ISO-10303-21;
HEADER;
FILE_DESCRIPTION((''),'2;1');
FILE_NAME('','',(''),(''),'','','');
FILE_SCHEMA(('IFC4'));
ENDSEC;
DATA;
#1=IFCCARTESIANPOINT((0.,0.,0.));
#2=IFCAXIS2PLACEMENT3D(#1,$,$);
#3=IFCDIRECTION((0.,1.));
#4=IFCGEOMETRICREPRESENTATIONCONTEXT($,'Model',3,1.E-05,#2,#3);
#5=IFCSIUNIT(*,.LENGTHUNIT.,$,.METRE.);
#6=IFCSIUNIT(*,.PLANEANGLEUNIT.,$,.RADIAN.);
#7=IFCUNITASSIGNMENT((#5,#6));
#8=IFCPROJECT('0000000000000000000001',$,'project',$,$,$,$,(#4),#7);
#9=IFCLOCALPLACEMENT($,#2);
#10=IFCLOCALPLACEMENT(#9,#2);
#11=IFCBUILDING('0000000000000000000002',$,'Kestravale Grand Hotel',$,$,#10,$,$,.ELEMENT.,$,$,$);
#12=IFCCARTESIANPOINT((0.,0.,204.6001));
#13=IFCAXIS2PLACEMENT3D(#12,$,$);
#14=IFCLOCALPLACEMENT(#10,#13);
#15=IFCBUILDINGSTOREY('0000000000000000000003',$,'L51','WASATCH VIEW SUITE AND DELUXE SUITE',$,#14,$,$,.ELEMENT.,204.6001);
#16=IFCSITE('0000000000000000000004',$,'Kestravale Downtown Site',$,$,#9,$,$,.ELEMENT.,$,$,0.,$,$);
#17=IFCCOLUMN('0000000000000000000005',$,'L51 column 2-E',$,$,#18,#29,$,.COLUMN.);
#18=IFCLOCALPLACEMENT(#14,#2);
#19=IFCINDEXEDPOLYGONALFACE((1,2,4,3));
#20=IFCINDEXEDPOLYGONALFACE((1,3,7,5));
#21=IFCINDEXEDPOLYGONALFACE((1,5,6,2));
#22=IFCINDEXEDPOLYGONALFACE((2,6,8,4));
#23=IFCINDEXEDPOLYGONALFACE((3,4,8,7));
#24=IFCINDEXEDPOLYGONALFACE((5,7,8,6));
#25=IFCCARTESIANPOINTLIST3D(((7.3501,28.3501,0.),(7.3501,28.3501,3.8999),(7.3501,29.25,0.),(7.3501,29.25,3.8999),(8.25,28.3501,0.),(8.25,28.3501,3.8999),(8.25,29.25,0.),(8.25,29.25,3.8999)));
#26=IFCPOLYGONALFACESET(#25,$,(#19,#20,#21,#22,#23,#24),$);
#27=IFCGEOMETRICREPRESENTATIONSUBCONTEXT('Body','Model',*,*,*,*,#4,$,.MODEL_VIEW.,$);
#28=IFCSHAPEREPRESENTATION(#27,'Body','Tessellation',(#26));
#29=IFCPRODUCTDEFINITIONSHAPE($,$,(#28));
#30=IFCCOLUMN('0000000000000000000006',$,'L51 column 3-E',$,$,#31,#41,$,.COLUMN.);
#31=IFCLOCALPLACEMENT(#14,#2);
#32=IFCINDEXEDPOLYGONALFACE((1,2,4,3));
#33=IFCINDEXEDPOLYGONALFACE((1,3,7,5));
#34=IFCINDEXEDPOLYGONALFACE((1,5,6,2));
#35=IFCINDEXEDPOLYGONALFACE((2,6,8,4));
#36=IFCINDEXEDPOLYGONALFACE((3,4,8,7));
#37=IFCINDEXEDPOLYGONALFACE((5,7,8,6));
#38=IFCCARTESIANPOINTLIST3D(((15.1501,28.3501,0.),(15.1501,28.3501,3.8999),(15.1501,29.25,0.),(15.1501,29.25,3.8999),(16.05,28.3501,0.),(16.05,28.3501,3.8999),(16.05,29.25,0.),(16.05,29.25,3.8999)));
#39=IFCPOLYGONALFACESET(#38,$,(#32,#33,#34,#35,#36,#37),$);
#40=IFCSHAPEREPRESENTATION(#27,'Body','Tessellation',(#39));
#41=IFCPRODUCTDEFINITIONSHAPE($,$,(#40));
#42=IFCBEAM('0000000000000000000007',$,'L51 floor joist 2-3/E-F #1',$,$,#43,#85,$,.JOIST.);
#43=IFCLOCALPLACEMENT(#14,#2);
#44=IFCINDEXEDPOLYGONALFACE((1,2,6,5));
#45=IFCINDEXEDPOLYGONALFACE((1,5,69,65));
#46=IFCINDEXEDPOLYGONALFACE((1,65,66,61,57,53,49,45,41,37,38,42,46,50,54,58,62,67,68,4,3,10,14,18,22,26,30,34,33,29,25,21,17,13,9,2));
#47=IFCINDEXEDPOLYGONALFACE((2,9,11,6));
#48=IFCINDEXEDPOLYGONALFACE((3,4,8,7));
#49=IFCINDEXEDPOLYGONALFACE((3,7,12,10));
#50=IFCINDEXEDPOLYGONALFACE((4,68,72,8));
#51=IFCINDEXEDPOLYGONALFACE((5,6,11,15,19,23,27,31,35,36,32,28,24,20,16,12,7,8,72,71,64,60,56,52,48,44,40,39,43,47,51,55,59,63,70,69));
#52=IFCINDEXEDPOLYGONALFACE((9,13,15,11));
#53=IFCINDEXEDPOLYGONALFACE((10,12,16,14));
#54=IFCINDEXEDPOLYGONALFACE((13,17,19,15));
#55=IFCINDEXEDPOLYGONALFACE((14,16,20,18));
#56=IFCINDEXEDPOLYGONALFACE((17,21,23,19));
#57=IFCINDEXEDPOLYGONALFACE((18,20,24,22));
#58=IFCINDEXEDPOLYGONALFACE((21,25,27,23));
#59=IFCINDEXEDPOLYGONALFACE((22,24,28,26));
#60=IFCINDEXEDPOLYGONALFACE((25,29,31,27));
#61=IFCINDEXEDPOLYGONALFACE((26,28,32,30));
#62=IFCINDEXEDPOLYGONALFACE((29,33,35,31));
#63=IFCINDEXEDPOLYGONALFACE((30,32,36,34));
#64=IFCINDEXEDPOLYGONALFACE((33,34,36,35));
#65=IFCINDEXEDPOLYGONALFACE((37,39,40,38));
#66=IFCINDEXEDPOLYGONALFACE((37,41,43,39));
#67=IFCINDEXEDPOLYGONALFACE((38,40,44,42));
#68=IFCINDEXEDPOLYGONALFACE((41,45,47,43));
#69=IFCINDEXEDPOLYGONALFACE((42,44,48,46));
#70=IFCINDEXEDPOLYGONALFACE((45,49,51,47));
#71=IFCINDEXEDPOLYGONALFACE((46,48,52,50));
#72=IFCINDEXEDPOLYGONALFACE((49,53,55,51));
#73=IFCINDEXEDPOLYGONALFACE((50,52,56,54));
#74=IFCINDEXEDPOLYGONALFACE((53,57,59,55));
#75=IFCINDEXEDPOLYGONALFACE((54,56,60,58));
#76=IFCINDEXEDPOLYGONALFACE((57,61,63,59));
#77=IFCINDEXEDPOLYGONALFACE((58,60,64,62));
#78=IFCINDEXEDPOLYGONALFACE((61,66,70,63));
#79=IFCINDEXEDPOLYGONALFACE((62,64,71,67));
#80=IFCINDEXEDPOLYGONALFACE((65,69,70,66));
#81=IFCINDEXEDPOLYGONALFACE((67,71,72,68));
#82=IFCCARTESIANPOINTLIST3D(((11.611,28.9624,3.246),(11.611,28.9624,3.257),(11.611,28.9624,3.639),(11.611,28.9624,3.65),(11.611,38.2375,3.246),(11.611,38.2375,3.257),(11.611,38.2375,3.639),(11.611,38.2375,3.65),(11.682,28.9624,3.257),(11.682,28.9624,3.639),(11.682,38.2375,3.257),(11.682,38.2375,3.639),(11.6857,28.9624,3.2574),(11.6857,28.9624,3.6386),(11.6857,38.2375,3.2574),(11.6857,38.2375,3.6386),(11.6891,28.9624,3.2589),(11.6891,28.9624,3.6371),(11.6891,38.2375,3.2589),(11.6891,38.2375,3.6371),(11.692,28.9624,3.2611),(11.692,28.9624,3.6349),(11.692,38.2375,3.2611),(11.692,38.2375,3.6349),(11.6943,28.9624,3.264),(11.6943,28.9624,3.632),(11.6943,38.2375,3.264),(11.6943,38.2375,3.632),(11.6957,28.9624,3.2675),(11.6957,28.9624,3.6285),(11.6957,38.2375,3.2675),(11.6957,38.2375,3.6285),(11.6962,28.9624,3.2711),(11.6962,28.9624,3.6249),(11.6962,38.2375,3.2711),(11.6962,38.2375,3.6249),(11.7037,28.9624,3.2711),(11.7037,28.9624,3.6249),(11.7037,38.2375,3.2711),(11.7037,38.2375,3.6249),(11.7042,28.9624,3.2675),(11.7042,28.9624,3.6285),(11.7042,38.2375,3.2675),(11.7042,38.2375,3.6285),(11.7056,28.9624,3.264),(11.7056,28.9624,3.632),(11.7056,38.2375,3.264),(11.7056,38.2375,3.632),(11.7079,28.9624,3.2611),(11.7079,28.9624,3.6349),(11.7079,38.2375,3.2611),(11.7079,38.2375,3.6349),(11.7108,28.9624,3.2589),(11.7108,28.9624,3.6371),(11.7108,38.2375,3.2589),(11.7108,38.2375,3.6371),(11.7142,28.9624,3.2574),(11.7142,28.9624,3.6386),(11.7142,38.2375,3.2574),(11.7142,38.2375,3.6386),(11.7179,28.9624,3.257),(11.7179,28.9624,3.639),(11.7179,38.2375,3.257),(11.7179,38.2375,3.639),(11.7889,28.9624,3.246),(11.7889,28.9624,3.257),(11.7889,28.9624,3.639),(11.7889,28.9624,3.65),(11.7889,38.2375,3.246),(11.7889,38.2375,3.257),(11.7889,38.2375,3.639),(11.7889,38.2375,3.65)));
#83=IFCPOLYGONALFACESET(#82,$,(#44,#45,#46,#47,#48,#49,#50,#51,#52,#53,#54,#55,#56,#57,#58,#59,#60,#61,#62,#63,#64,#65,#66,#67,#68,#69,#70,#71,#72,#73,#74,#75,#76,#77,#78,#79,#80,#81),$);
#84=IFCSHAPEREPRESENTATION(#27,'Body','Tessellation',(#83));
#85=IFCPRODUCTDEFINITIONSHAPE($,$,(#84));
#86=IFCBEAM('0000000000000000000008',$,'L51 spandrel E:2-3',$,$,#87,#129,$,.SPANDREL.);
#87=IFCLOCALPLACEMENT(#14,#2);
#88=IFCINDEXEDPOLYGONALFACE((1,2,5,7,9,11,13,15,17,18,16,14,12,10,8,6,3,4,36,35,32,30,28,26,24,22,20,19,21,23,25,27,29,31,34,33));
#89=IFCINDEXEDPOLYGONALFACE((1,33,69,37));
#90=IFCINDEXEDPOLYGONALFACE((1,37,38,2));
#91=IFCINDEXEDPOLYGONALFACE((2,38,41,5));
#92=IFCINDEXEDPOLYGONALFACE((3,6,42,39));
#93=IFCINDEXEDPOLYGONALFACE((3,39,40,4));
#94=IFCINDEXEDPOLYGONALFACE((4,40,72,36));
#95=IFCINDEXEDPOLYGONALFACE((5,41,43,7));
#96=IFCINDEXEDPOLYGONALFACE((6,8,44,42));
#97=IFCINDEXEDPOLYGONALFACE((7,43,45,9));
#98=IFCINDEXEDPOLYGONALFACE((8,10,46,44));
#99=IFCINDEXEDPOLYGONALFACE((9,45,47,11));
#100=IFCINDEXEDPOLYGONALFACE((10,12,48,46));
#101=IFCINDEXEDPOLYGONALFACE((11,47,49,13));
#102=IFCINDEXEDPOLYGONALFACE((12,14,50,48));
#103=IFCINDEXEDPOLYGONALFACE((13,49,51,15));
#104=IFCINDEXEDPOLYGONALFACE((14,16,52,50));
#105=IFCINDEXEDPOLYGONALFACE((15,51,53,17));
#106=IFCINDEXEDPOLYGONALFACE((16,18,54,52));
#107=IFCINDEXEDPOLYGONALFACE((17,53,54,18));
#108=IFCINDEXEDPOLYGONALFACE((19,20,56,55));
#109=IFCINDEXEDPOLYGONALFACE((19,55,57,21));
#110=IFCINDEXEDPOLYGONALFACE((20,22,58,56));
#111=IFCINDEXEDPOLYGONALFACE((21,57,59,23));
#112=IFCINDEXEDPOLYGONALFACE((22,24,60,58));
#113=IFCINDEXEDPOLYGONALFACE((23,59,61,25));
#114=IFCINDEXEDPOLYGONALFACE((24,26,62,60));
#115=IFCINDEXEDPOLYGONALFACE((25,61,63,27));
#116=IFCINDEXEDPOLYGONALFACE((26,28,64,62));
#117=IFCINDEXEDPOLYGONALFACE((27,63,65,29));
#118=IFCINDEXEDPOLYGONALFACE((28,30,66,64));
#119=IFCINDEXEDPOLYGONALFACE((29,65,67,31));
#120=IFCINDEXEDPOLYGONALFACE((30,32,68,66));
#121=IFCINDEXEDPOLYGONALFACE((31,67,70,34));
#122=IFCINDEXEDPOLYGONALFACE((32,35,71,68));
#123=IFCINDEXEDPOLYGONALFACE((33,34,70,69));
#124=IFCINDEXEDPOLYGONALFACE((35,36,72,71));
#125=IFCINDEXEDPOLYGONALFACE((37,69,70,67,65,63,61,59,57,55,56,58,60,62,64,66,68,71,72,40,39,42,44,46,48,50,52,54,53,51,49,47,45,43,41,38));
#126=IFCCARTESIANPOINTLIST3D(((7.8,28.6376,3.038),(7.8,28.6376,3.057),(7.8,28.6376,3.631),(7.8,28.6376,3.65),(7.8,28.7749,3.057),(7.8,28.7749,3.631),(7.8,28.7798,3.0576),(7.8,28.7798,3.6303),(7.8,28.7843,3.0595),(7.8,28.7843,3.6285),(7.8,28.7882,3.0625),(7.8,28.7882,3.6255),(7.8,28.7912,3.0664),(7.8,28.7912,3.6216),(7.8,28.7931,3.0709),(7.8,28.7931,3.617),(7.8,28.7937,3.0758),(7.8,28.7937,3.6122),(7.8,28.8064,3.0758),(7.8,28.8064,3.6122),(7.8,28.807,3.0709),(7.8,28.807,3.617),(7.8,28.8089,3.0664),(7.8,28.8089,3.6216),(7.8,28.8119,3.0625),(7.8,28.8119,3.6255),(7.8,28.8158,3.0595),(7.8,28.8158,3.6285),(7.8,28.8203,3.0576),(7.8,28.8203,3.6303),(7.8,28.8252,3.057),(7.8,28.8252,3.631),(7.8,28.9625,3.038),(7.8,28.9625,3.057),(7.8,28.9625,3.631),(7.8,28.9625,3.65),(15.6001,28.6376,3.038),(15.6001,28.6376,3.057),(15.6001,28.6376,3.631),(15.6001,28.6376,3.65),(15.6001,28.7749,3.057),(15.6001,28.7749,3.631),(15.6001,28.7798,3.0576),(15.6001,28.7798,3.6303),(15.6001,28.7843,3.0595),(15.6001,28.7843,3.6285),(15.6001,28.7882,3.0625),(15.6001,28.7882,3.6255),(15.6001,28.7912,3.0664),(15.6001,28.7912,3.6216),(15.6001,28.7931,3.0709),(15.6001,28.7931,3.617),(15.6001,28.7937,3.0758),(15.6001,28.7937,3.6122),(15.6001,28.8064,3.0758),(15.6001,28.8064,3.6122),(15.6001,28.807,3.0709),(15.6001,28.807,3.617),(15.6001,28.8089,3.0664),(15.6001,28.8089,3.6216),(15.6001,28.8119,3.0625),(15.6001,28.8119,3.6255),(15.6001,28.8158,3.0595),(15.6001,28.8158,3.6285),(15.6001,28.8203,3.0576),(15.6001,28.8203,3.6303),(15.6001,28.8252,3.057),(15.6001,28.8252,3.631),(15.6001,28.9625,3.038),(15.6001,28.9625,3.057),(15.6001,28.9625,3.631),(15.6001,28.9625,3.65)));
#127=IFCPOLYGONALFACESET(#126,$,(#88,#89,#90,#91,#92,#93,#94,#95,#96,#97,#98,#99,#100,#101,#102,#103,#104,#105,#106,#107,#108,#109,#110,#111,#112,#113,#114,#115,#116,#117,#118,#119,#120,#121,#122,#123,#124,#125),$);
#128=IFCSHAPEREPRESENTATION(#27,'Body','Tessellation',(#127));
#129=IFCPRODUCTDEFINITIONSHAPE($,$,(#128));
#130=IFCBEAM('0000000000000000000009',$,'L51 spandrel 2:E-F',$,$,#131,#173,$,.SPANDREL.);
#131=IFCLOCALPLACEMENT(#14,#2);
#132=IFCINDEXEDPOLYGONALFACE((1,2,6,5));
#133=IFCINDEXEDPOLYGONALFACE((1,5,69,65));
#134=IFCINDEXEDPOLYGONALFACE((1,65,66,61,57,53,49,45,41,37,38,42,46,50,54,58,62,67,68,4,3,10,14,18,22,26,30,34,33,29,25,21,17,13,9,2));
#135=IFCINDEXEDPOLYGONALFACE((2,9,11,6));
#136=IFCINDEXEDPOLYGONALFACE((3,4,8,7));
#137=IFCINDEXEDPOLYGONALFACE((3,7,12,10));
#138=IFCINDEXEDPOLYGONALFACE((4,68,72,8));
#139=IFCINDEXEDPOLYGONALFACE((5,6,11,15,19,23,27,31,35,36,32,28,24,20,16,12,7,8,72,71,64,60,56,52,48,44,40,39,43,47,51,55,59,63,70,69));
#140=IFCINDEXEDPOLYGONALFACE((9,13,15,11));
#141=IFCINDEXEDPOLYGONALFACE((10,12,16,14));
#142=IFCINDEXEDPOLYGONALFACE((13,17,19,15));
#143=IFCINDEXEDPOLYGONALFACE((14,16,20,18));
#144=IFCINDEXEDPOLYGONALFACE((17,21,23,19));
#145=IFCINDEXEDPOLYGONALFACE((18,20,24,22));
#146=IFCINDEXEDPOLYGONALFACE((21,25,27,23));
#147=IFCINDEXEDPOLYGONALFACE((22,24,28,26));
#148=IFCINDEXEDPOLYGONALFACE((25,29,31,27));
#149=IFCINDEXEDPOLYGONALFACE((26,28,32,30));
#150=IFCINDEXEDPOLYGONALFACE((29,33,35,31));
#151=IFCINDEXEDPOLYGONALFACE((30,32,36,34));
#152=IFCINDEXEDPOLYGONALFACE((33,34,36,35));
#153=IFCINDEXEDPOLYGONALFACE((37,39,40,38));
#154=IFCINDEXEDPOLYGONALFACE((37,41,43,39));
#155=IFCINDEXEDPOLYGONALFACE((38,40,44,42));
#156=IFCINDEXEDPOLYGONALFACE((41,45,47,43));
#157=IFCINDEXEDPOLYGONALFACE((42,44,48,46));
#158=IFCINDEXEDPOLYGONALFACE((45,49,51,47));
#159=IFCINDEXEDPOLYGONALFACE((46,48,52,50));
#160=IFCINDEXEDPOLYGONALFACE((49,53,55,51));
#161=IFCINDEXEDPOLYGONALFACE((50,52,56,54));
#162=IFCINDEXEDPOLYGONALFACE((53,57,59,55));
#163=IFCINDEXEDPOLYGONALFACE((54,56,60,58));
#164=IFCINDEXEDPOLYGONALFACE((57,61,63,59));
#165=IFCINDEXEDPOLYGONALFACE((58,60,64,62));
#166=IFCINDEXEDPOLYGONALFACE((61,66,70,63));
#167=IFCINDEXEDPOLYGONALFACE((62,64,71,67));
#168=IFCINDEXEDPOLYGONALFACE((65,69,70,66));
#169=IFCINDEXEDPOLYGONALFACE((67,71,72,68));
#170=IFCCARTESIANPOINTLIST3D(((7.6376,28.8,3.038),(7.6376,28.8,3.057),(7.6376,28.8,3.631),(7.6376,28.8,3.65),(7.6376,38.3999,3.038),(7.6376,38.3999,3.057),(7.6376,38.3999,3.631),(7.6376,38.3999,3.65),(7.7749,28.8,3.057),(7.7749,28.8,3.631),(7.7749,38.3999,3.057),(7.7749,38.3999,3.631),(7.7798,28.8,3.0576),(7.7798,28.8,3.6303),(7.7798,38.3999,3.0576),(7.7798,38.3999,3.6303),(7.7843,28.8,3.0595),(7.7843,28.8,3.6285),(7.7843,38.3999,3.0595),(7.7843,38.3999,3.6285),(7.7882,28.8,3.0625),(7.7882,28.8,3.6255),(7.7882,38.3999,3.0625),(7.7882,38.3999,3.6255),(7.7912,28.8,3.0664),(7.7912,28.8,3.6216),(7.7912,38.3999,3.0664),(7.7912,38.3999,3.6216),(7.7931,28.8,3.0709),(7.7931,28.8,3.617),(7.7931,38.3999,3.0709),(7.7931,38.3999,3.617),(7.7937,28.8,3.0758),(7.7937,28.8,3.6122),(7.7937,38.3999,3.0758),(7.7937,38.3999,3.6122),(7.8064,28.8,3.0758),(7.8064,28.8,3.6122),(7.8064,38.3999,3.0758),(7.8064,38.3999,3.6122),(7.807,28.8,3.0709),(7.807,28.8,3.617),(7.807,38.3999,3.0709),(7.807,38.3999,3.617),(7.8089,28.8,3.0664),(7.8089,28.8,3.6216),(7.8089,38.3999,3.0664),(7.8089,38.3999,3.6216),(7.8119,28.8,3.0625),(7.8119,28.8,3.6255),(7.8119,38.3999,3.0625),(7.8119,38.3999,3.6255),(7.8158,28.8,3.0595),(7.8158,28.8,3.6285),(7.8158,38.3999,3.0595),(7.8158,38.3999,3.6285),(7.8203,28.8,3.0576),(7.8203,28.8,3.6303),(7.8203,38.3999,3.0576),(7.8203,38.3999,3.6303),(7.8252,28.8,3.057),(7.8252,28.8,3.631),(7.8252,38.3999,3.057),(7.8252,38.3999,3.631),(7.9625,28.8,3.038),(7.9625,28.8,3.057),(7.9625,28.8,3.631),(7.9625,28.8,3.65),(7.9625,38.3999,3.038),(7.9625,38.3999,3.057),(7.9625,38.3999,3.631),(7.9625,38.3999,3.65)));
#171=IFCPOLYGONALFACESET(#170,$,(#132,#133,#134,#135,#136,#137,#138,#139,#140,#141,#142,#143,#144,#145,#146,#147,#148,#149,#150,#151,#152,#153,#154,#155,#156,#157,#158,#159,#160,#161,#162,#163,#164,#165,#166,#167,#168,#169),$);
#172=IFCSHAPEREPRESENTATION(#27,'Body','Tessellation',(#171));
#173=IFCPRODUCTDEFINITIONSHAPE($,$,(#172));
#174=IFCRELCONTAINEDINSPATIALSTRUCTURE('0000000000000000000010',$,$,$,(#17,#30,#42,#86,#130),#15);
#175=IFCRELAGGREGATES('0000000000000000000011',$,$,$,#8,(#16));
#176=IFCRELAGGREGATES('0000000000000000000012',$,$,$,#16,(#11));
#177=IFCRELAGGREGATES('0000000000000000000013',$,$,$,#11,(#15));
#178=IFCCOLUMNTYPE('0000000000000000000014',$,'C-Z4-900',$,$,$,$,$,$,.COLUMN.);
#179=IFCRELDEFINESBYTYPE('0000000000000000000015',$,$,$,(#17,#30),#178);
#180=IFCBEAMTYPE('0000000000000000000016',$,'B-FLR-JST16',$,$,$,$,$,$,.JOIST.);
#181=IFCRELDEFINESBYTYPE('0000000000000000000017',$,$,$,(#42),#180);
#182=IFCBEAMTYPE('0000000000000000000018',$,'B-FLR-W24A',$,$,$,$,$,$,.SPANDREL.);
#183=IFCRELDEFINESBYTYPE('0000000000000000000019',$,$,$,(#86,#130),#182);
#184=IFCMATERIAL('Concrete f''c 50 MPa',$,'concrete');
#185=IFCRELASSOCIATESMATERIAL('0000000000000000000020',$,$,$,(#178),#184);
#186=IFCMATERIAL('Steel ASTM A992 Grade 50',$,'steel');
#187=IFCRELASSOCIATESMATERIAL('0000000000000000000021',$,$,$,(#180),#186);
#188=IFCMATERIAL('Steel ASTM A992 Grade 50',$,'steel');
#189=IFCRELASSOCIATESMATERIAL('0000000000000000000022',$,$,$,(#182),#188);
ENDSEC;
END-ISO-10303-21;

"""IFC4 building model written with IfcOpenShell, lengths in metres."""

from ifc_helpers import new_model, si_unit, direction, frame, origin, origin_2d, place, context, subcontext, project, spatial, rectangle, i_section, extrude, material, material_profile, profile_set, type_object, element, save


model = new_model("IFC4")

# Units and contexts
model_context = context("Model", 3, precision=1e-05, world=origin(), true_north=direction((0.0, 1.0)))
body_context = subcontext(model_context, "Body", "Model", "MODEL_VIEW")
ifc_project = project(units=[si_unit("LENGTHUNIT", "METRE"), si_unit("PLANEANGLEUNIT", "RADIAN")], contexts=[model_context])

# Site, building, storey
site_placement = place(None, origin())
site = spatial("IfcSite", under=ifc_project, at=site_placement, Name="Kestravale Downtown Site", CompositionType="ELEMENT", RefElevation=0.0)
building_placement = place(site_placement, origin())
building = spatial("IfcBuilding", under=site, at=building_placement, Name="Kestravale Grand Hotel", CompositionType="ELEMENT")
storey_placement = place(building_placement, frame((0.0, 0.0, 204.6001)))
storey = spatial("IfcBuildingStorey", under=building, at=storey_placement, Name="L51", Description="WASATCH VIEW SUITE AND DELUXE SUITE", CompositionType="ELEMENT", Elevation=204.6001)

# Columns
ifc_material_1 = material(Name="Concrete f'c 50 MPa", Category="concrete")
ifc_material_profile_1 = material_profile(ifc_material_1, rectangle(XDim=0.8999, YDim=0.8999, at=origin_2d()))
ifc_profile_set_1 = profile_set([ifc_material_profile_1], Name="Concrete f'c 50 MPa")
column_type = type_object("IfcColumnType", Name="C-Z4-900", PredefinedType="COLUMN", material=ifc_profile_set_1)
for number, where, z_axis, x_axis, name in (
    (1, (7.8, 28.8, 0.0), (0.0, 0.0, 1.0), (1.0, 0.0, 0.0), "L51 column 2-E"),
    (2, (15.6001, 28.8, 0.0), (0.0, 0.0, 1.0), (1.0, 0.0, 0.0), "L51 column 3-E"),
):
    element("IfcColumn", number, at=place(storey_placement, frame(where, z_axis=z_axis, x_axis=x_axis)), inside=storey, type_object=column_type, Name=name, PredefinedType="COLUMN", context=body_context, shape_type="SweptSolid", body=[
        extrude(rectangle(XDim=0.8999, YDim=0.8999, at=origin_2d()), origin(), (0.0, 0.0, 1.0), 3.8999),
    ])

# Beams
ifc_material_2 = material(Name="Steel ASTM A992 Grade 50", Category="steel")
ifc_material_profile_2 = material_profile(ifc_material_2, i_section(OverallWidth=0.178, OverallDepth=0.4041, WebThickness=0.0076, FlangeThickness=0.011, FilletRadius=0.0142, at=origin_2d()))
ifc_profile_set_2 = profile_set([ifc_material_profile_2], Name="Steel ASTM A992 Grade 50")
beam_type_1 = type_object("IfcBeamType", Name="B-FLR-JST16", PredefinedType="JOIST", material=ifc_profile_set_2)
beam_1_placement = place(storey_placement, frame((11.7, 28.9624, 3.448), z_axis=(0.0, 1.0, 0.0), x_axis=(-1.0, 0.0, 0.0)))
element("IfcBeam", 3, at=beam_1_placement, inside=storey, type_object=beam_type_1, Name="L51 floor joist 2-3/E-F #1", PredefinedType="JOIST", context=body_context, shape_type="SweptSolid", body=[
    extrude(i_section(OverallWidth=0.178, OverallDepth=0.4041, WebThickness=0.0076, FlangeThickness=0.011, FilletRadius=0.0142, at=origin_2d()), origin(), (0.0, 0.0, 1.0), 9.2751),
])
ifc_material_3 = material(Name="Steel ASTM A992 Grade 50", Category="steel")
ifc_material_profile_3 = material_profile(ifc_material_3, i_section(OverallWidth=0.325, OverallDepth=0.6121, WebThickness=0.0127, FlangeThickness=0.019, FilletRadius=0.0188, at=origin_2d()))
ifc_profile_set_3 = profile_set([ifc_material_profile_3], Name="Steel ASTM A992 Grade 50")
beam_type_2 = type_object("IfcBeamType", Name="B-FLR-W24A", PredefinedType="SPANDREL", material=ifc_profile_set_3)
beam_2_placement = place(storey_placement, frame((7.8, 28.8, 3.344), z_axis=(1.0, 0.0, 0.0), x_axis=(0.0, 1.0, 0.0)))
element("IfcBeam", 4, at=beam_2_placement, inside=storey, type_object=beam_type_2, Name="L51 spandrel E:2-3", PredefinedType="SPANDREL", context=body_context, shape_type="SweptSolid", body=[
    extrude(i_section(OverallWidth=0.325, OverallDepth=0.6121, WebThickness=0.0127, FlangeThickness=0.019, FilletRadius=0.0188, at=origin_2d()), origin(), (0.0, 0.0, 1.0), 7.8),
])
beam_3_placement = place(storey_placement, frame((7.8, 28.8, 3.344), z_axis=(0.0, 1.0, 0.0), x_axis=(-1.0, 0.0, 0.0)))
element("IfcBeam", 5, at=beam_3_placement, inside=storey, type_object=beam_type_2, Name="L51 spandrel 2:E-F", PredefinedType="SPANDREL", context=body_context, shape_type="SweptSolid", body=[
    extrude(i_section(OverallWidth=0.325, OverallDepth=0.6121, WebThickness=0.0127, FlangeThickness=0.019, FilletRadius=0.0188, at=origin_2d()), origin(), (0.0, 0.0, 1.0), 9.5999),
])

save(model, "model.ifc")
